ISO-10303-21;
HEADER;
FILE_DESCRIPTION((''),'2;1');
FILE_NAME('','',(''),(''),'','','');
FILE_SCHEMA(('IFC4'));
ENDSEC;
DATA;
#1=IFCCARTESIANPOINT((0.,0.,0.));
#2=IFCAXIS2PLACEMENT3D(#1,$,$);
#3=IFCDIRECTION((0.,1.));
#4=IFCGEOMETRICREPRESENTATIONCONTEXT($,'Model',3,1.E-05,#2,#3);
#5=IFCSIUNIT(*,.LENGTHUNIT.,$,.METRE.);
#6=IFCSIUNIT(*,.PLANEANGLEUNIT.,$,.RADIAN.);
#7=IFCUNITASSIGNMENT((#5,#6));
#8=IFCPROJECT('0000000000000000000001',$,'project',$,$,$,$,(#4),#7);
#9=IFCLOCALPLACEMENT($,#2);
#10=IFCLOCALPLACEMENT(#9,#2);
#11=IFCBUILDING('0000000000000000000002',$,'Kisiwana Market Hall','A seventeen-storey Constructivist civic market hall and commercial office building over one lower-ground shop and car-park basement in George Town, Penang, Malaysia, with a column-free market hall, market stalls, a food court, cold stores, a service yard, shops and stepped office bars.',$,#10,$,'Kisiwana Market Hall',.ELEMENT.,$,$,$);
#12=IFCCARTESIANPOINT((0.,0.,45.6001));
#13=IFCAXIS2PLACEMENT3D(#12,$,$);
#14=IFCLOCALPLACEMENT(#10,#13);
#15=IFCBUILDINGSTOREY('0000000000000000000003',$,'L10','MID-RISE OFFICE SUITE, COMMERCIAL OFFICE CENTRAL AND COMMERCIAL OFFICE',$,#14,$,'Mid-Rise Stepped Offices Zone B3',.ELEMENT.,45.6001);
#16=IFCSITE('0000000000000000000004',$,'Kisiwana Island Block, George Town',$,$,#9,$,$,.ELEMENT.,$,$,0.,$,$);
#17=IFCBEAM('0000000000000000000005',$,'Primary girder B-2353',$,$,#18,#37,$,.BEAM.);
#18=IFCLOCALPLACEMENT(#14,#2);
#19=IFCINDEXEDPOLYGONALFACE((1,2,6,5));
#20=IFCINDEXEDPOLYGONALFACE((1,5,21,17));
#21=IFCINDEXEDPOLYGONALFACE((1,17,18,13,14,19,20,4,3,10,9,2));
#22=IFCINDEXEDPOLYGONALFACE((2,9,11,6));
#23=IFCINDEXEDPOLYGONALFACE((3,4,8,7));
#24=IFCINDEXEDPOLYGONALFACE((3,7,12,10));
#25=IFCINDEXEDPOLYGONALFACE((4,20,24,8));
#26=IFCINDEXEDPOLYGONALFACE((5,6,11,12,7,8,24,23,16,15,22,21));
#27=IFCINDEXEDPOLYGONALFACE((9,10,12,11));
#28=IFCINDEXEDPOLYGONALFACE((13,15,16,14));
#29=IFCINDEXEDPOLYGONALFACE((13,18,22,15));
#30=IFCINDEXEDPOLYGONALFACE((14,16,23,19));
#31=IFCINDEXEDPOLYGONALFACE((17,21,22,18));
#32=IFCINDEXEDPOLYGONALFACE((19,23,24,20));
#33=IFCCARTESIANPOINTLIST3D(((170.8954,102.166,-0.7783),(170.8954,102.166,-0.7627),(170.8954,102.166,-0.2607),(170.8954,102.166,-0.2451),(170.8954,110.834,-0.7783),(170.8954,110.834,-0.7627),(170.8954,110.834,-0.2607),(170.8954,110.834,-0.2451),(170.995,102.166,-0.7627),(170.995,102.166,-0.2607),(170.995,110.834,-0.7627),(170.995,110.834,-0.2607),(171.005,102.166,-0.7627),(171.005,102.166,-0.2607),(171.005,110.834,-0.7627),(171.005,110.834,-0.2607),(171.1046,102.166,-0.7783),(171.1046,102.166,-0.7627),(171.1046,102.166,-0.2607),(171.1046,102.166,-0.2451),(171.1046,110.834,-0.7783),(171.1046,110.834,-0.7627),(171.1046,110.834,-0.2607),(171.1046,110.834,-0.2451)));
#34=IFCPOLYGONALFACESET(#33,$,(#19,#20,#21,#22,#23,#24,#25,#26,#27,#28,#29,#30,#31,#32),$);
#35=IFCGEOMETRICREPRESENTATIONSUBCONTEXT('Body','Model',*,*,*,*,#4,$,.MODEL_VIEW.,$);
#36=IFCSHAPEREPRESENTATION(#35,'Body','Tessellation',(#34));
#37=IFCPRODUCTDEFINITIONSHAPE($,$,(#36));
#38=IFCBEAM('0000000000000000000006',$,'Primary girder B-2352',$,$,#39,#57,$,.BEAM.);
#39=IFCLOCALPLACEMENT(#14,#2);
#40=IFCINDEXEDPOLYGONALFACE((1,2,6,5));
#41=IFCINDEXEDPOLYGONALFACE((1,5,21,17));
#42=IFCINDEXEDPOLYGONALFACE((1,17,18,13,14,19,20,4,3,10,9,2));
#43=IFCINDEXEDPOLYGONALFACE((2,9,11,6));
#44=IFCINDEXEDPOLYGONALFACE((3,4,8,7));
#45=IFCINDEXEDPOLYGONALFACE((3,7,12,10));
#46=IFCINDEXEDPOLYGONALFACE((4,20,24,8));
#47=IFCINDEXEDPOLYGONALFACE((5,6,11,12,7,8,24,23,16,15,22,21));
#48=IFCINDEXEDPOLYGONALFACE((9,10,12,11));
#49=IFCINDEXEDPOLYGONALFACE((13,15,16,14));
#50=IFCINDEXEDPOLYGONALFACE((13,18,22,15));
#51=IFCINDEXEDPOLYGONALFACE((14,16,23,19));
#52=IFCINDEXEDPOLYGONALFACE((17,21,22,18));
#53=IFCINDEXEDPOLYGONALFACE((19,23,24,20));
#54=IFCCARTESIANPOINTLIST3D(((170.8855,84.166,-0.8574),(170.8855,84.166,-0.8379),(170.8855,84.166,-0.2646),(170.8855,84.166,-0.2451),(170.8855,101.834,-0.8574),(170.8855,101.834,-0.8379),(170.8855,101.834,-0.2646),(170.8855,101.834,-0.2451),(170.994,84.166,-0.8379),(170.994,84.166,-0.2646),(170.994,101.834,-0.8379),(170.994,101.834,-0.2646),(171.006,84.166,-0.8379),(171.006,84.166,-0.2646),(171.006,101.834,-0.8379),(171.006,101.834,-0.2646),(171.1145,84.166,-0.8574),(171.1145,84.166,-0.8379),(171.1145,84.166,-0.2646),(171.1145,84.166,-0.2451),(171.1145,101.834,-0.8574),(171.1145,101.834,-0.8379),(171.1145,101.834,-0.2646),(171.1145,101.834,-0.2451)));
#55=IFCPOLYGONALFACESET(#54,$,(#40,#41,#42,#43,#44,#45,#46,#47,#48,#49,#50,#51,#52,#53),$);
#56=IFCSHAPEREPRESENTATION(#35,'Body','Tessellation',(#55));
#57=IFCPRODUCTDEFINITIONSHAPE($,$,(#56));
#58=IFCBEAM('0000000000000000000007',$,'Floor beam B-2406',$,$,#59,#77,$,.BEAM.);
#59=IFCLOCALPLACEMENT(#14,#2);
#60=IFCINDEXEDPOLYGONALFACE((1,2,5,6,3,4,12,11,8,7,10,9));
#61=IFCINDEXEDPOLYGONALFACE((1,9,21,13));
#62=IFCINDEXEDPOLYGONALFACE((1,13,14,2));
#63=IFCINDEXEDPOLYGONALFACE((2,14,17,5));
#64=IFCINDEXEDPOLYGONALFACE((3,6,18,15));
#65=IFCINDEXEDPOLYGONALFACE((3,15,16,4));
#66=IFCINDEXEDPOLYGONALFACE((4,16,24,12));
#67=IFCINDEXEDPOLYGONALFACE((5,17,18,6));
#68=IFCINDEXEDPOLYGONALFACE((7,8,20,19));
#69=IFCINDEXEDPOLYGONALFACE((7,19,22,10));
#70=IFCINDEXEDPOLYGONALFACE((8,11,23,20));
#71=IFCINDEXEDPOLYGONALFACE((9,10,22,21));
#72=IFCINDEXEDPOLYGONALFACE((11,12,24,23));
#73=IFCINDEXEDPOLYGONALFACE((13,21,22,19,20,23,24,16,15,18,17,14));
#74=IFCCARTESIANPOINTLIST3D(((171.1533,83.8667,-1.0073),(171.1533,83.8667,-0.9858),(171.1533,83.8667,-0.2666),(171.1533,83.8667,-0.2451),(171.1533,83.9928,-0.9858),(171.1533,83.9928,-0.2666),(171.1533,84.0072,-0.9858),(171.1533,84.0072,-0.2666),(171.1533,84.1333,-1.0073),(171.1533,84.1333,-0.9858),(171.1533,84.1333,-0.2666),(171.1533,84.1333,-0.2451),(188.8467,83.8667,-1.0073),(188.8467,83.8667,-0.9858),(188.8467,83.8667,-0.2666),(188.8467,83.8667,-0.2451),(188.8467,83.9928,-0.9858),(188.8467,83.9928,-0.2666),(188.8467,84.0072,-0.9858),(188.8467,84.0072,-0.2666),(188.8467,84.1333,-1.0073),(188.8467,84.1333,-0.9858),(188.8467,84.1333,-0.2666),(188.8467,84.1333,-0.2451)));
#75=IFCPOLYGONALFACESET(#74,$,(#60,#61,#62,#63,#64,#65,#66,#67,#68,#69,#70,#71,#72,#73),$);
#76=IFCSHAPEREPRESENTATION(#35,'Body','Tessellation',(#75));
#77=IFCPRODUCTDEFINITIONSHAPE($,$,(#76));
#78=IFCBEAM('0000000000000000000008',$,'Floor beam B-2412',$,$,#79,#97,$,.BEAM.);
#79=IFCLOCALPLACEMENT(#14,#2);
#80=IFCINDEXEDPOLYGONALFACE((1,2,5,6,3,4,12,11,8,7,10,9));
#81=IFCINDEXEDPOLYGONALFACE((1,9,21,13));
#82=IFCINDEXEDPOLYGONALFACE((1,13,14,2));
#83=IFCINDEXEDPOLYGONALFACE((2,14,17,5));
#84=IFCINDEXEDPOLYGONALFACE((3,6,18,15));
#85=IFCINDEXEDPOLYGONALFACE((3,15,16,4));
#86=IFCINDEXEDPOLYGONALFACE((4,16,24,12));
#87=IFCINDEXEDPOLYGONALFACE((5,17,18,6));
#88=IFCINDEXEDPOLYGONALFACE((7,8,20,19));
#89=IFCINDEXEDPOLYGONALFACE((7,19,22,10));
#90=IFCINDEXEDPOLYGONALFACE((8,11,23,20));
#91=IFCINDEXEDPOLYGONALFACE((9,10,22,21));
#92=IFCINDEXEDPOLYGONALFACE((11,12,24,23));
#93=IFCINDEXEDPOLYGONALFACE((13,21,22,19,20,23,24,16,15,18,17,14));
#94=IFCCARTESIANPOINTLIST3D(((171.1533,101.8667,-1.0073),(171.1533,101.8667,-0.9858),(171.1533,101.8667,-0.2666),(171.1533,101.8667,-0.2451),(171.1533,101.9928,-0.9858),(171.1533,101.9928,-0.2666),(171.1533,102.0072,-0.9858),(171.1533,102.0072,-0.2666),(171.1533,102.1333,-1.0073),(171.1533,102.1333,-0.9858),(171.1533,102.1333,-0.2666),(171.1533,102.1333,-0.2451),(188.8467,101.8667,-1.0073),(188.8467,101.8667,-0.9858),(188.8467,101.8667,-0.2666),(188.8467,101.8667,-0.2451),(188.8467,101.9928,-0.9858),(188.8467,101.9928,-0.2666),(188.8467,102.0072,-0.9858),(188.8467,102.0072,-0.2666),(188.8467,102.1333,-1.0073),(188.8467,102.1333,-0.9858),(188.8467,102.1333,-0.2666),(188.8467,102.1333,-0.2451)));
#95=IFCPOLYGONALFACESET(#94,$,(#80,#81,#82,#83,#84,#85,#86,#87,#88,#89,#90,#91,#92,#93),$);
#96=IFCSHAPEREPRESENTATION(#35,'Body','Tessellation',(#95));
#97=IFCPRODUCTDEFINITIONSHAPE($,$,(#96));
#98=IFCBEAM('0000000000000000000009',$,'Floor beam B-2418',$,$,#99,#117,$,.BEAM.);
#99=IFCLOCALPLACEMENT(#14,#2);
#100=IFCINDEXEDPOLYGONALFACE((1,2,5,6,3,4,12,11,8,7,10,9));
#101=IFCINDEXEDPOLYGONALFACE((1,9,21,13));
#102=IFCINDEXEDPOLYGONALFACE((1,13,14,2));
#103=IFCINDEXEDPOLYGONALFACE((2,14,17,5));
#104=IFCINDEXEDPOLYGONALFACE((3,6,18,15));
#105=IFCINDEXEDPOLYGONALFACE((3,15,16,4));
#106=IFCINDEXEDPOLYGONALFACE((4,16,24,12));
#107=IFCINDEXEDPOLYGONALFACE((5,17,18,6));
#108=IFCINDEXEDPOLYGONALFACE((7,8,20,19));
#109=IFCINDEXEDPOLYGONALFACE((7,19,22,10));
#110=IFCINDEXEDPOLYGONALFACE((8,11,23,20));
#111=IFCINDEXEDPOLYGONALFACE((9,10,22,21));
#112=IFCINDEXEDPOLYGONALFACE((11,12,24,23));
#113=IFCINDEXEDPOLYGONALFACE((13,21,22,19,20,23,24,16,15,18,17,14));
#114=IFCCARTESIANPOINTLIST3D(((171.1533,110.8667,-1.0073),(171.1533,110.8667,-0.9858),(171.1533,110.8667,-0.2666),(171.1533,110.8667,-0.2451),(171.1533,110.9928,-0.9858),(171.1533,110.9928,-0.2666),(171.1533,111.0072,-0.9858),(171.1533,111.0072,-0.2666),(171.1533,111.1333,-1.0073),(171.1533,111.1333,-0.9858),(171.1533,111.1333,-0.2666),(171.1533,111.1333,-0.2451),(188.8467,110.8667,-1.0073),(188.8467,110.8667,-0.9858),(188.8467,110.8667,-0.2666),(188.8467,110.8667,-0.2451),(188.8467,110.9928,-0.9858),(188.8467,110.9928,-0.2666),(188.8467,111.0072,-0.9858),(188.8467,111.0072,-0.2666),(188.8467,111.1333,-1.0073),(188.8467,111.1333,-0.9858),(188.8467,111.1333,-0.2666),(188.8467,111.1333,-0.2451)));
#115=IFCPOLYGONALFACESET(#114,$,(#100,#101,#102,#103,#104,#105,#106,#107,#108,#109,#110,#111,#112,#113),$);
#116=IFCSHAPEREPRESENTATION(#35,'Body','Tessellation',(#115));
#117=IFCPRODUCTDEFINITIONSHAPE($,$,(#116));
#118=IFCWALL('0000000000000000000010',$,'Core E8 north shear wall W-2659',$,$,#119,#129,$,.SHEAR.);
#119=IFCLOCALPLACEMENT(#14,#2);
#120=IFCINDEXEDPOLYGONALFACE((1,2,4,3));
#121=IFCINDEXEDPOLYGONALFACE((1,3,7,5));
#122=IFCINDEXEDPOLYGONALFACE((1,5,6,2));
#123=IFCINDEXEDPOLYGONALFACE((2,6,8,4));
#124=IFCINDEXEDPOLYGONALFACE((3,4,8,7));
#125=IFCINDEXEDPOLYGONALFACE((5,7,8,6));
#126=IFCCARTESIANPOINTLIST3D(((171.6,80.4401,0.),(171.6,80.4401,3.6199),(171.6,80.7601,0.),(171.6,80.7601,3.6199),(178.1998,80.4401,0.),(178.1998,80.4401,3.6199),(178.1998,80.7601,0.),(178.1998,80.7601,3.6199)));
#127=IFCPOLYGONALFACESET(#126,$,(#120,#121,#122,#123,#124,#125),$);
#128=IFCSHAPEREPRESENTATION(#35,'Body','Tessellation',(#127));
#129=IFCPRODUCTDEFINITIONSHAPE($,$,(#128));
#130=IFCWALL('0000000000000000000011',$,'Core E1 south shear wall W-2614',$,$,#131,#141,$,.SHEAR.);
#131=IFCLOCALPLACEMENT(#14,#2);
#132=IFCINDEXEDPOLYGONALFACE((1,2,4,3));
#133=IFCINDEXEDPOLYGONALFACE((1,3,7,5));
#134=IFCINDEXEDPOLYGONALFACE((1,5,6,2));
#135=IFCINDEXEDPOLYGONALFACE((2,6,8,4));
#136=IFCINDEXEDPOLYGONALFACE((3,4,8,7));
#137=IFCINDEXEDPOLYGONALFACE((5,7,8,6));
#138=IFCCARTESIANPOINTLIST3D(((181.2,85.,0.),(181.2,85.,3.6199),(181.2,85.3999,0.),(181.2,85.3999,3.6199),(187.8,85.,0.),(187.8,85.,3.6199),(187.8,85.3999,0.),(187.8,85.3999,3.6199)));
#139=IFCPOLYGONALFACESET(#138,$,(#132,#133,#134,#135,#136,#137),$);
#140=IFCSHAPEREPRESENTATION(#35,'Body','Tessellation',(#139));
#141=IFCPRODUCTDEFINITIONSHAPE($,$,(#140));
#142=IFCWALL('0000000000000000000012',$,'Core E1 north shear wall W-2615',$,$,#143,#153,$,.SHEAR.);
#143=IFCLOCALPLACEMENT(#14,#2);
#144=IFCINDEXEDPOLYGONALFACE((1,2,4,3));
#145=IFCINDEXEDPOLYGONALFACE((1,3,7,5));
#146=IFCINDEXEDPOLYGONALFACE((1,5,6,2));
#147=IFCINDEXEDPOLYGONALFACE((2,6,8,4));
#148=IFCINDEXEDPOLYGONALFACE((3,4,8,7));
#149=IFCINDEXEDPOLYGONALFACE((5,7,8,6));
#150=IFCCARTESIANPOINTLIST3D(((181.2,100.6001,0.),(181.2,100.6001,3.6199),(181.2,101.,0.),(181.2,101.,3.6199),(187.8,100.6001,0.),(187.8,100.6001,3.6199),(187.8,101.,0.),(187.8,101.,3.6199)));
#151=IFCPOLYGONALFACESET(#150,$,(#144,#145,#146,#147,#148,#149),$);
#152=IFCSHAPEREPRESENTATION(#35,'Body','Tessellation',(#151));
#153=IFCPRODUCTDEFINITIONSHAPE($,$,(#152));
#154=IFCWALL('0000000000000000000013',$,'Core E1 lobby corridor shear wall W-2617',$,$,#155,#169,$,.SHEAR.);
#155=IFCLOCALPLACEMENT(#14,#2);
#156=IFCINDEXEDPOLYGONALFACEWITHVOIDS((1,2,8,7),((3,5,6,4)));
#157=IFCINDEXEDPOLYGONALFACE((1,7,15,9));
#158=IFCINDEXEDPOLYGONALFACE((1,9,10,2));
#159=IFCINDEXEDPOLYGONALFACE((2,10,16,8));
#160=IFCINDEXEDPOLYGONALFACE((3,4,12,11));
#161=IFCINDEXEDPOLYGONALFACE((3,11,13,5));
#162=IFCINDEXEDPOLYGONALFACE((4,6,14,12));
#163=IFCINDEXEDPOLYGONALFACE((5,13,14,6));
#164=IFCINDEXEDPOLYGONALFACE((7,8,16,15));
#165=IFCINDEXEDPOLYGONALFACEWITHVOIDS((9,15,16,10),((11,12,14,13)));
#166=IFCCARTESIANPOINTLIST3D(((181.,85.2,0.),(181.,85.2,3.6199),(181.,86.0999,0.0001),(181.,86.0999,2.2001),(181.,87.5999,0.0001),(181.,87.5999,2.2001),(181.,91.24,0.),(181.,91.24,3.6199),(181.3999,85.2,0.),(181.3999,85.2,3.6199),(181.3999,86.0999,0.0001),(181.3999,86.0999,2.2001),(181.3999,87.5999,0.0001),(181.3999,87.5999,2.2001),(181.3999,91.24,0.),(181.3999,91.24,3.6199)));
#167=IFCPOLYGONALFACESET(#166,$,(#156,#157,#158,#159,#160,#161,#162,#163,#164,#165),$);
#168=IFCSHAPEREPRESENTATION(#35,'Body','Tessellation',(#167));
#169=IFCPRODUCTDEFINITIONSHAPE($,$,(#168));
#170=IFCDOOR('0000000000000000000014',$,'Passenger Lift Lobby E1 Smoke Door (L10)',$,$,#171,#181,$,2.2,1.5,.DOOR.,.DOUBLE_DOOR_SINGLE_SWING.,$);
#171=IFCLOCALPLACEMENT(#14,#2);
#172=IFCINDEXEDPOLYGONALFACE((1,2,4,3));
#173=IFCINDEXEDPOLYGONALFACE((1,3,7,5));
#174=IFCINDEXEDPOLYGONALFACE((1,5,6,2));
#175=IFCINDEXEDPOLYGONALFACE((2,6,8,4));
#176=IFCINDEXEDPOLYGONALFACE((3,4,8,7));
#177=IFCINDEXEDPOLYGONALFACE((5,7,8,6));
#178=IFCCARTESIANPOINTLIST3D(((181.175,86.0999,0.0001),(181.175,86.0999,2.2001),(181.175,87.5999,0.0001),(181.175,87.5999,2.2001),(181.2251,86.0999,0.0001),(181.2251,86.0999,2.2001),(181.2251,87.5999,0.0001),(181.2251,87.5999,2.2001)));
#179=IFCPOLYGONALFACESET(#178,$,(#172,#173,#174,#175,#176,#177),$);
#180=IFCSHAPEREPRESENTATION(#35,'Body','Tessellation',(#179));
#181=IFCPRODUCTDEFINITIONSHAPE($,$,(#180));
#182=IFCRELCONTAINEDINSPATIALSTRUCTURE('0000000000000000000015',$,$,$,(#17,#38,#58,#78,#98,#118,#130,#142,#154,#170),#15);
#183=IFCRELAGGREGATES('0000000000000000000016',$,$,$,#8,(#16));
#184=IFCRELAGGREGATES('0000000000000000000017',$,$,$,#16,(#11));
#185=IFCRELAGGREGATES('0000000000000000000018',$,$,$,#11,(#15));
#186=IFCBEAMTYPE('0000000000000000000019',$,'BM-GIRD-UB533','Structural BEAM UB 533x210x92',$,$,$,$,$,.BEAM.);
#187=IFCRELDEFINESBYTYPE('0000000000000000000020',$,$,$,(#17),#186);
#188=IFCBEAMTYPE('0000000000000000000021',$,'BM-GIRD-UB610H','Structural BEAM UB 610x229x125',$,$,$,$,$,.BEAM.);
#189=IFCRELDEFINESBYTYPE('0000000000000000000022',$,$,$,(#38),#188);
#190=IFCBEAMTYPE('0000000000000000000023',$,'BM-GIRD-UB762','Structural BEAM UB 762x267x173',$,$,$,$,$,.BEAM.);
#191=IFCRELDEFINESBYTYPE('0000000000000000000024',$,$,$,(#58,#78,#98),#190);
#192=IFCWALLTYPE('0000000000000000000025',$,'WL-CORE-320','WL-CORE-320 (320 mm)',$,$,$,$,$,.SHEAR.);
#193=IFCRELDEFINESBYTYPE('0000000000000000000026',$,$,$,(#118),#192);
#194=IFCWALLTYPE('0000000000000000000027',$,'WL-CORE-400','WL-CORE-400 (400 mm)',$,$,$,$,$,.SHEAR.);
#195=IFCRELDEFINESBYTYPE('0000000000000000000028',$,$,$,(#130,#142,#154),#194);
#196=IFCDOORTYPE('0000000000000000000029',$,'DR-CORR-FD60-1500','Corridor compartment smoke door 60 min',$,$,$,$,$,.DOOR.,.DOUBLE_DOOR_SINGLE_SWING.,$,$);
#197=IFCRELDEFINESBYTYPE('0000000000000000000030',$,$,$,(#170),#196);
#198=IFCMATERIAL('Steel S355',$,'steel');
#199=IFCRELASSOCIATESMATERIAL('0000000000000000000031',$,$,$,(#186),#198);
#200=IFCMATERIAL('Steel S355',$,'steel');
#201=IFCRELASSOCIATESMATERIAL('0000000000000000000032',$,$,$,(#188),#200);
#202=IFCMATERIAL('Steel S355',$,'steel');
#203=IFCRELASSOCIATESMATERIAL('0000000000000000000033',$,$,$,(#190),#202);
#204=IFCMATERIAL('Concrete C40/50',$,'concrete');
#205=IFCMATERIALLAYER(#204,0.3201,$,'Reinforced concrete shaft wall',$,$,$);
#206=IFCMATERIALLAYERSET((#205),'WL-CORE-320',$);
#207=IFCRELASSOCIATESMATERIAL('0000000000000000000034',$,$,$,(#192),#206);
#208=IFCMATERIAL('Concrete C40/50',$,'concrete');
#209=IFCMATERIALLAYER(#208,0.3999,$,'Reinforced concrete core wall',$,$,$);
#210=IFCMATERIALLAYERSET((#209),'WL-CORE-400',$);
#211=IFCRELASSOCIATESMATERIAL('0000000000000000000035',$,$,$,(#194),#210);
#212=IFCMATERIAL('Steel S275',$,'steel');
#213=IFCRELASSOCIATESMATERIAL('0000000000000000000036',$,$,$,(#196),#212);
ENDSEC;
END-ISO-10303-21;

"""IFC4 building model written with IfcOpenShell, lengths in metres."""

from ifc_helpers import new_model, si_unit, direction, frame, frame_2d, origin, origin_2d, place, context, subcontext, project, spatial, rectangle, i_section, extrude, material, layer, layer_set, material_profile, profile_set, type_object, element, fill, save


model = new_model("IFC4")

# Units and contexts
model_context = context("Model", 3, precision=1e-05, world=origin(), true_north=direction((0.0, 1.0)))
body_context = subcontext(model_context, "Body", "Model", "MODEL_VIEW")
ifc_project = project(units=[si_unit("LENGTHUNIT", "METRE"), si_unit("PLANEANGLEUNIT", "RADIAN")], contexts=[model_context])

# Site, building, storey
site_placement = place(None, origin())
site = spatial("IfcSite", under=ifc_project, at=site_placement, Name="Kisiwana Island Block, George Town", CompositionType="ELEMENT", RefElevation=0.0)
building_placement = place(site_placement, origin())
building = spatial("IfcBuilding", under=site, at=building_placement, Name="Kisiwana Market Hall", Description="A seventeen-storey Constructivist civic market hall and commercial office building over one lower-ground shop and car-park basement in George Town, Penang, Malaysia, with a column-free market hall, market stalls, a food court, cold stores, a service yard, shops and stepped office bars.", LongName="Kisiwana Market Hall", CompositionType="ELEMENT")
storey_placement = place(building_placement, frame((0.0, 0.0, 45.6001)))
storey = spatial("IfcBuildingStorey", under=building, at=storey_placement, Name="L10", Description="MID-RISE OFFICE SUITE, COMMERCIAL OFFICE CENTRAL AND COMMERCIAL OFFICE", LongName="Mid-Rise Stepped Offices Zone B3", CompositionType="ELEMENT", Elevation=45.6001)

# Beams
ifc_material_1 = material(Name="Steel S355", Category="steel")
ifc_material_profile_1 = material_profile(ifc_material_1, i_section(OverallWidth=0.2092, OverallDepth=0.5332, WebThickness=0.01, FlangeThickness=0.0156, at=origin_2d()), Name="UB 533x210x92")
ifc_profile_set_1 = profile_set([ifc_material_profile_1], Name="Steel S355")
beam_type_1 = type_object("IfcBeamType", Name="BM-GIRD-UB533", Description="Structural BEAM UB 533x210x92", PredefinedType="BEAM", material=ifc_profile_set_1)
beam_1_placement = place(storey_placement, frame((171.0, 102.166, -0.5117), z_axis=(0.0, 1.0, 0.0), x_axis=(-1.0, 0.0, 0.0)))
element("IfcBeam", 1, at=beam_1_placement, inside=storey, type_object=beam_type_1, Name="Primary girder B-2353", PredefinedType="BEAM", context=body_context, shape_type="SweptSolid", body=[
    extrude(i_section(OverallWidth=0.2092, OverallDepth=0.5332, WebThickness=0.01, FlangeThickness=0.0156, at=origin_2d()), origin(), (0.0, 0.0, 1.0), 8.668),
])
ifc_material_2 = material(Name="Steel S355", Category="steel")
ifc_material_profile_2 = material_profile(ifc_material_2, i_section(OverallWidth=0.229, OverallDepth=0.6123, WebThickness=0.012, FlangeThickness=0.0195, at=origin_2d()), Name="UB 610x229x125")
ifc_profile_set_2 = profile_set([ifc_material_profile_2], Name="Steel S355")
beam_type_2 = type_object("IfcBeamType", Name="BM-GIRD-UB610H", Description="Structural BEAM UB 610x229x125", PredefinedType="BEAM", material=ifc_profile_set_2)
beam_2_placement = place(storey_placement, frame((171.0, 84.166, -0.5513), z_axis=(0.0, 1.0, 0.0), x_axis=(-1.0, 0.0, 0.0)))
element("IfcBeam", 2, at=beam_2_placement, inside=storey, type_object=beam_type_2, Name="Primary girder B-2352", PredefinedType="BEAM", context=body_context, shape_type="SweptSolid", body=[
    extrude(i_section(OverallWidth=0.229, OverallDepth=0.6123, WebThickness=0.012, FlangeThickness=0.0195, at=origin_2d()), origin(), (0.0, 0.0, 1.0), 17.668),
])
ifc_material_3 = material(Name="Steel S355", Category="steel")
ifc_material_profile_3 = material_profile(ifc_material_3, i_section(OverallWidth=0.2666, OverallDepth=0.7622, WebThickness=0.0144, FlangeThickness=0.0215, at=origin_2d()), Name="UB 762x267x173")
ifc_profile_set_3 = profile_set([ifc_material_profile_3], Name="Steel S355")
beam_type_3 = type_object("IfcBeamType", Name="BM-GIRD-UB762", Description="Structural BEAM UB 762x267x173", PredefinedType="BEAM", material=ifc_profile_set_3)
for number, where, z_axis, x_axis, name in (
    (3, (171.1533, 84.0, -0.6262), (1.0, 0.0, 0.0), (0.0, 1.0, 0.0), "Floor beam B-2406"),
    (4, (171.1533, 102.0, -0.6262), (1.0, 0.0, 0.0), (0.0, 1.0, 0.0), "Floor beam B-2412"),
    (5, (171.1533, 111.0, -0.6262), (1.0, 0.0, 0.0), (0.0, 1.0, 0.0), "Floor beam B-2418"),
):
    element("IfcBeam", number, at=place(storey_placement, frame(where, z_axis=z_axis, x_axis=x_axis)), inside=storey, type_object=beam_type_3, Name=name, PredefinedType="BEAM", context=body_context, shape_type="SweptSolid", body=[
        extrude(i_section(OverallWidth=0.2666, OverallDepth=0.7622, WebThickness=0.0144, FlangeThickness=0.0215, at=origin_2d()), origin(), (0.0, 0.0, 1.0), 17.6934),
    ])

# Walls
ifc_material_4 = material(Name="Concrete C40/50", Category="concrete")
ifc_layer_1 = layer(ifc_material_4, 0.3201, Name="Reinforced concrete shaft wall")
ifc_layer_set_1 = layer_set([ifc_layer_1], Name="WL-CORE-320")
wall_type_1 = type_object("IfcWallType", Name="WL-CORE-320", Description="WL-CORE-320 (320 mm)", PredefinedType="SHEAR", material=ifc_layer_set_1)
wall_1_placement = place(storey_placement, frame((171.6001, 80.6001, 0.0), z_axis=(0.0, 0.0, 1.0), x_axis=(1.0, 0.0, 0.0)))
element("IfcWall", 6, at=wall_1_placement, inside=storey, type_object=wall_type_1, Name="Core E8 north shear wall W-2659", PredefinedType="SHEAR", context=body_context, shape_type="SweptSolid", body=[
    extrude(rectangle(XDim=6.5999, YDim=0.3201, at=frame_2d((3.2998, 0.0))), origin(), (0.0, 0.0, 1.0), 3.6199),
])
ifc_material_5 = material(Name="Concrete C40/50", Category="concrete")
ifc_layer_2 = layer(ifc_material_5, 0.3999, Name="Reinforced concrete core wall")
ifc_layer_set_2 = layer_set([ifc_layer_2], Name="WL-CORE-400")
wall_type_2 = type_object("IfcWallType", Name="WL-CORE-400", Description="WL-CORE-400 (400 mm)", PredefinedType="SHEAR", material=ifc_layer_set_2)
for number, where, z_axis, x_axis, name in (
    (7, (181.2, 85.2, 0.0), (0.0, 0.0, 1.0), (1.0, 0.0, 0.0), "Core E1 south shear wall W-2614"),
    (8, (181.2, 100.8, 0.0), (0.0, 0.0, 1.0), (1.0, 0.0, 0.0), "Core E1 north shear wall W-2615"),
):
    element("IfcWall", number, at=place(storey_placement, frame(where, z_axis=z_axis, x_axis=x_axis)), inside=storey, type_object=wall_type_2, Name=name, PredefinedType="SHEAR", context=body_context, shape_type="SweptSolid", body=[
        extrude(rectangle(XDim=6.6001, YDim=0.3999, at=frame_2d((3.3, 0.0))), origin(), (0.0, 0.0, 1.0), 3.6199),
    ])

# Wall, opening, door
wall_2_placement = place(storey_placement, frame((181.2, 85.2, 0.0), z_axis=(0.0, 0.0, 1.0), x_axis=(0.0, 1.0, 0.0)))
wall_2 = element("IfcWall", 9, at=wall_2_placement, inside=storey, type_object=wall_type_2, Name="Core E1 lobby corridor shear wall W-2617", PredefinedType="SHEAR", context=body_context, shape_type="SweptSolid", body=[
    extrude(rectangle(XDim=6.04, YDim=0.3999, at=frame_2d((3.02, 0.0))), origin(), (0.0, 0.0, 1.0), 3.6199),
])
opening_1_placement = place(wall_2_placement, frame((0.8999, 0.0, 0.0)))
opening_1 = element("IfcOpeningElement", 10, at=opening_1_placement, cuts=wall_2, PredefinedType="OPENING", context=body_context, shape_type="SweptSolid", body=[
    extrude(rectangle(XDim=1.5, YDim=2.2, at=frame_2d((0.75, 1.1001))), frame((0.0, 0.2119, 0.0), z_axis=(0.0, -1.0, 0.0), x_axis=(1.0, 0.0, 0.0)), (0.0, 0.0, 1.0), 0.4238),
])
ifc_material_6 = material(Name="Steel S275", Category="steel")
door_type_1 = type_object("IfcDoorType", Name="DR-CORR-FD60-1500", Description="Corridor compartment smoke door 60 min", OperationType="DOUBLE_DOOR_SINGLE_SWING", PredefinedType="DOOR", material=ifc_material_6)
door_1_placement = place(opening_1_placement, origin())
door_1 = element("IfcDoor", 11, at=door_1_placement, inside=storey, type_object=door_type_1, Name="Passenger Lift Lobby E1 Smoke Door (L10)", OperationType="DOUBLE_DOOR_SINGLE_SWING", OverallHeight=2.2, OverallWidth=1.5, PredefinedType="DOOR", context=body_context, shape_type="SweptSolid", body=[
    extrude(rectangle(XDim=1.5, YDim=2.2, at=frame_2d((0.75, 1.1001))), frame((0.0, 0.0249, 0.0), z_axis=(0.0, -1.0, 0.0), x_axis=(1.0, 0.0, 0.0)), (0.0, 0.0, 1.0), 0.05),
])
fill(opening_1, door_1)

save(model, "model.ifc")
